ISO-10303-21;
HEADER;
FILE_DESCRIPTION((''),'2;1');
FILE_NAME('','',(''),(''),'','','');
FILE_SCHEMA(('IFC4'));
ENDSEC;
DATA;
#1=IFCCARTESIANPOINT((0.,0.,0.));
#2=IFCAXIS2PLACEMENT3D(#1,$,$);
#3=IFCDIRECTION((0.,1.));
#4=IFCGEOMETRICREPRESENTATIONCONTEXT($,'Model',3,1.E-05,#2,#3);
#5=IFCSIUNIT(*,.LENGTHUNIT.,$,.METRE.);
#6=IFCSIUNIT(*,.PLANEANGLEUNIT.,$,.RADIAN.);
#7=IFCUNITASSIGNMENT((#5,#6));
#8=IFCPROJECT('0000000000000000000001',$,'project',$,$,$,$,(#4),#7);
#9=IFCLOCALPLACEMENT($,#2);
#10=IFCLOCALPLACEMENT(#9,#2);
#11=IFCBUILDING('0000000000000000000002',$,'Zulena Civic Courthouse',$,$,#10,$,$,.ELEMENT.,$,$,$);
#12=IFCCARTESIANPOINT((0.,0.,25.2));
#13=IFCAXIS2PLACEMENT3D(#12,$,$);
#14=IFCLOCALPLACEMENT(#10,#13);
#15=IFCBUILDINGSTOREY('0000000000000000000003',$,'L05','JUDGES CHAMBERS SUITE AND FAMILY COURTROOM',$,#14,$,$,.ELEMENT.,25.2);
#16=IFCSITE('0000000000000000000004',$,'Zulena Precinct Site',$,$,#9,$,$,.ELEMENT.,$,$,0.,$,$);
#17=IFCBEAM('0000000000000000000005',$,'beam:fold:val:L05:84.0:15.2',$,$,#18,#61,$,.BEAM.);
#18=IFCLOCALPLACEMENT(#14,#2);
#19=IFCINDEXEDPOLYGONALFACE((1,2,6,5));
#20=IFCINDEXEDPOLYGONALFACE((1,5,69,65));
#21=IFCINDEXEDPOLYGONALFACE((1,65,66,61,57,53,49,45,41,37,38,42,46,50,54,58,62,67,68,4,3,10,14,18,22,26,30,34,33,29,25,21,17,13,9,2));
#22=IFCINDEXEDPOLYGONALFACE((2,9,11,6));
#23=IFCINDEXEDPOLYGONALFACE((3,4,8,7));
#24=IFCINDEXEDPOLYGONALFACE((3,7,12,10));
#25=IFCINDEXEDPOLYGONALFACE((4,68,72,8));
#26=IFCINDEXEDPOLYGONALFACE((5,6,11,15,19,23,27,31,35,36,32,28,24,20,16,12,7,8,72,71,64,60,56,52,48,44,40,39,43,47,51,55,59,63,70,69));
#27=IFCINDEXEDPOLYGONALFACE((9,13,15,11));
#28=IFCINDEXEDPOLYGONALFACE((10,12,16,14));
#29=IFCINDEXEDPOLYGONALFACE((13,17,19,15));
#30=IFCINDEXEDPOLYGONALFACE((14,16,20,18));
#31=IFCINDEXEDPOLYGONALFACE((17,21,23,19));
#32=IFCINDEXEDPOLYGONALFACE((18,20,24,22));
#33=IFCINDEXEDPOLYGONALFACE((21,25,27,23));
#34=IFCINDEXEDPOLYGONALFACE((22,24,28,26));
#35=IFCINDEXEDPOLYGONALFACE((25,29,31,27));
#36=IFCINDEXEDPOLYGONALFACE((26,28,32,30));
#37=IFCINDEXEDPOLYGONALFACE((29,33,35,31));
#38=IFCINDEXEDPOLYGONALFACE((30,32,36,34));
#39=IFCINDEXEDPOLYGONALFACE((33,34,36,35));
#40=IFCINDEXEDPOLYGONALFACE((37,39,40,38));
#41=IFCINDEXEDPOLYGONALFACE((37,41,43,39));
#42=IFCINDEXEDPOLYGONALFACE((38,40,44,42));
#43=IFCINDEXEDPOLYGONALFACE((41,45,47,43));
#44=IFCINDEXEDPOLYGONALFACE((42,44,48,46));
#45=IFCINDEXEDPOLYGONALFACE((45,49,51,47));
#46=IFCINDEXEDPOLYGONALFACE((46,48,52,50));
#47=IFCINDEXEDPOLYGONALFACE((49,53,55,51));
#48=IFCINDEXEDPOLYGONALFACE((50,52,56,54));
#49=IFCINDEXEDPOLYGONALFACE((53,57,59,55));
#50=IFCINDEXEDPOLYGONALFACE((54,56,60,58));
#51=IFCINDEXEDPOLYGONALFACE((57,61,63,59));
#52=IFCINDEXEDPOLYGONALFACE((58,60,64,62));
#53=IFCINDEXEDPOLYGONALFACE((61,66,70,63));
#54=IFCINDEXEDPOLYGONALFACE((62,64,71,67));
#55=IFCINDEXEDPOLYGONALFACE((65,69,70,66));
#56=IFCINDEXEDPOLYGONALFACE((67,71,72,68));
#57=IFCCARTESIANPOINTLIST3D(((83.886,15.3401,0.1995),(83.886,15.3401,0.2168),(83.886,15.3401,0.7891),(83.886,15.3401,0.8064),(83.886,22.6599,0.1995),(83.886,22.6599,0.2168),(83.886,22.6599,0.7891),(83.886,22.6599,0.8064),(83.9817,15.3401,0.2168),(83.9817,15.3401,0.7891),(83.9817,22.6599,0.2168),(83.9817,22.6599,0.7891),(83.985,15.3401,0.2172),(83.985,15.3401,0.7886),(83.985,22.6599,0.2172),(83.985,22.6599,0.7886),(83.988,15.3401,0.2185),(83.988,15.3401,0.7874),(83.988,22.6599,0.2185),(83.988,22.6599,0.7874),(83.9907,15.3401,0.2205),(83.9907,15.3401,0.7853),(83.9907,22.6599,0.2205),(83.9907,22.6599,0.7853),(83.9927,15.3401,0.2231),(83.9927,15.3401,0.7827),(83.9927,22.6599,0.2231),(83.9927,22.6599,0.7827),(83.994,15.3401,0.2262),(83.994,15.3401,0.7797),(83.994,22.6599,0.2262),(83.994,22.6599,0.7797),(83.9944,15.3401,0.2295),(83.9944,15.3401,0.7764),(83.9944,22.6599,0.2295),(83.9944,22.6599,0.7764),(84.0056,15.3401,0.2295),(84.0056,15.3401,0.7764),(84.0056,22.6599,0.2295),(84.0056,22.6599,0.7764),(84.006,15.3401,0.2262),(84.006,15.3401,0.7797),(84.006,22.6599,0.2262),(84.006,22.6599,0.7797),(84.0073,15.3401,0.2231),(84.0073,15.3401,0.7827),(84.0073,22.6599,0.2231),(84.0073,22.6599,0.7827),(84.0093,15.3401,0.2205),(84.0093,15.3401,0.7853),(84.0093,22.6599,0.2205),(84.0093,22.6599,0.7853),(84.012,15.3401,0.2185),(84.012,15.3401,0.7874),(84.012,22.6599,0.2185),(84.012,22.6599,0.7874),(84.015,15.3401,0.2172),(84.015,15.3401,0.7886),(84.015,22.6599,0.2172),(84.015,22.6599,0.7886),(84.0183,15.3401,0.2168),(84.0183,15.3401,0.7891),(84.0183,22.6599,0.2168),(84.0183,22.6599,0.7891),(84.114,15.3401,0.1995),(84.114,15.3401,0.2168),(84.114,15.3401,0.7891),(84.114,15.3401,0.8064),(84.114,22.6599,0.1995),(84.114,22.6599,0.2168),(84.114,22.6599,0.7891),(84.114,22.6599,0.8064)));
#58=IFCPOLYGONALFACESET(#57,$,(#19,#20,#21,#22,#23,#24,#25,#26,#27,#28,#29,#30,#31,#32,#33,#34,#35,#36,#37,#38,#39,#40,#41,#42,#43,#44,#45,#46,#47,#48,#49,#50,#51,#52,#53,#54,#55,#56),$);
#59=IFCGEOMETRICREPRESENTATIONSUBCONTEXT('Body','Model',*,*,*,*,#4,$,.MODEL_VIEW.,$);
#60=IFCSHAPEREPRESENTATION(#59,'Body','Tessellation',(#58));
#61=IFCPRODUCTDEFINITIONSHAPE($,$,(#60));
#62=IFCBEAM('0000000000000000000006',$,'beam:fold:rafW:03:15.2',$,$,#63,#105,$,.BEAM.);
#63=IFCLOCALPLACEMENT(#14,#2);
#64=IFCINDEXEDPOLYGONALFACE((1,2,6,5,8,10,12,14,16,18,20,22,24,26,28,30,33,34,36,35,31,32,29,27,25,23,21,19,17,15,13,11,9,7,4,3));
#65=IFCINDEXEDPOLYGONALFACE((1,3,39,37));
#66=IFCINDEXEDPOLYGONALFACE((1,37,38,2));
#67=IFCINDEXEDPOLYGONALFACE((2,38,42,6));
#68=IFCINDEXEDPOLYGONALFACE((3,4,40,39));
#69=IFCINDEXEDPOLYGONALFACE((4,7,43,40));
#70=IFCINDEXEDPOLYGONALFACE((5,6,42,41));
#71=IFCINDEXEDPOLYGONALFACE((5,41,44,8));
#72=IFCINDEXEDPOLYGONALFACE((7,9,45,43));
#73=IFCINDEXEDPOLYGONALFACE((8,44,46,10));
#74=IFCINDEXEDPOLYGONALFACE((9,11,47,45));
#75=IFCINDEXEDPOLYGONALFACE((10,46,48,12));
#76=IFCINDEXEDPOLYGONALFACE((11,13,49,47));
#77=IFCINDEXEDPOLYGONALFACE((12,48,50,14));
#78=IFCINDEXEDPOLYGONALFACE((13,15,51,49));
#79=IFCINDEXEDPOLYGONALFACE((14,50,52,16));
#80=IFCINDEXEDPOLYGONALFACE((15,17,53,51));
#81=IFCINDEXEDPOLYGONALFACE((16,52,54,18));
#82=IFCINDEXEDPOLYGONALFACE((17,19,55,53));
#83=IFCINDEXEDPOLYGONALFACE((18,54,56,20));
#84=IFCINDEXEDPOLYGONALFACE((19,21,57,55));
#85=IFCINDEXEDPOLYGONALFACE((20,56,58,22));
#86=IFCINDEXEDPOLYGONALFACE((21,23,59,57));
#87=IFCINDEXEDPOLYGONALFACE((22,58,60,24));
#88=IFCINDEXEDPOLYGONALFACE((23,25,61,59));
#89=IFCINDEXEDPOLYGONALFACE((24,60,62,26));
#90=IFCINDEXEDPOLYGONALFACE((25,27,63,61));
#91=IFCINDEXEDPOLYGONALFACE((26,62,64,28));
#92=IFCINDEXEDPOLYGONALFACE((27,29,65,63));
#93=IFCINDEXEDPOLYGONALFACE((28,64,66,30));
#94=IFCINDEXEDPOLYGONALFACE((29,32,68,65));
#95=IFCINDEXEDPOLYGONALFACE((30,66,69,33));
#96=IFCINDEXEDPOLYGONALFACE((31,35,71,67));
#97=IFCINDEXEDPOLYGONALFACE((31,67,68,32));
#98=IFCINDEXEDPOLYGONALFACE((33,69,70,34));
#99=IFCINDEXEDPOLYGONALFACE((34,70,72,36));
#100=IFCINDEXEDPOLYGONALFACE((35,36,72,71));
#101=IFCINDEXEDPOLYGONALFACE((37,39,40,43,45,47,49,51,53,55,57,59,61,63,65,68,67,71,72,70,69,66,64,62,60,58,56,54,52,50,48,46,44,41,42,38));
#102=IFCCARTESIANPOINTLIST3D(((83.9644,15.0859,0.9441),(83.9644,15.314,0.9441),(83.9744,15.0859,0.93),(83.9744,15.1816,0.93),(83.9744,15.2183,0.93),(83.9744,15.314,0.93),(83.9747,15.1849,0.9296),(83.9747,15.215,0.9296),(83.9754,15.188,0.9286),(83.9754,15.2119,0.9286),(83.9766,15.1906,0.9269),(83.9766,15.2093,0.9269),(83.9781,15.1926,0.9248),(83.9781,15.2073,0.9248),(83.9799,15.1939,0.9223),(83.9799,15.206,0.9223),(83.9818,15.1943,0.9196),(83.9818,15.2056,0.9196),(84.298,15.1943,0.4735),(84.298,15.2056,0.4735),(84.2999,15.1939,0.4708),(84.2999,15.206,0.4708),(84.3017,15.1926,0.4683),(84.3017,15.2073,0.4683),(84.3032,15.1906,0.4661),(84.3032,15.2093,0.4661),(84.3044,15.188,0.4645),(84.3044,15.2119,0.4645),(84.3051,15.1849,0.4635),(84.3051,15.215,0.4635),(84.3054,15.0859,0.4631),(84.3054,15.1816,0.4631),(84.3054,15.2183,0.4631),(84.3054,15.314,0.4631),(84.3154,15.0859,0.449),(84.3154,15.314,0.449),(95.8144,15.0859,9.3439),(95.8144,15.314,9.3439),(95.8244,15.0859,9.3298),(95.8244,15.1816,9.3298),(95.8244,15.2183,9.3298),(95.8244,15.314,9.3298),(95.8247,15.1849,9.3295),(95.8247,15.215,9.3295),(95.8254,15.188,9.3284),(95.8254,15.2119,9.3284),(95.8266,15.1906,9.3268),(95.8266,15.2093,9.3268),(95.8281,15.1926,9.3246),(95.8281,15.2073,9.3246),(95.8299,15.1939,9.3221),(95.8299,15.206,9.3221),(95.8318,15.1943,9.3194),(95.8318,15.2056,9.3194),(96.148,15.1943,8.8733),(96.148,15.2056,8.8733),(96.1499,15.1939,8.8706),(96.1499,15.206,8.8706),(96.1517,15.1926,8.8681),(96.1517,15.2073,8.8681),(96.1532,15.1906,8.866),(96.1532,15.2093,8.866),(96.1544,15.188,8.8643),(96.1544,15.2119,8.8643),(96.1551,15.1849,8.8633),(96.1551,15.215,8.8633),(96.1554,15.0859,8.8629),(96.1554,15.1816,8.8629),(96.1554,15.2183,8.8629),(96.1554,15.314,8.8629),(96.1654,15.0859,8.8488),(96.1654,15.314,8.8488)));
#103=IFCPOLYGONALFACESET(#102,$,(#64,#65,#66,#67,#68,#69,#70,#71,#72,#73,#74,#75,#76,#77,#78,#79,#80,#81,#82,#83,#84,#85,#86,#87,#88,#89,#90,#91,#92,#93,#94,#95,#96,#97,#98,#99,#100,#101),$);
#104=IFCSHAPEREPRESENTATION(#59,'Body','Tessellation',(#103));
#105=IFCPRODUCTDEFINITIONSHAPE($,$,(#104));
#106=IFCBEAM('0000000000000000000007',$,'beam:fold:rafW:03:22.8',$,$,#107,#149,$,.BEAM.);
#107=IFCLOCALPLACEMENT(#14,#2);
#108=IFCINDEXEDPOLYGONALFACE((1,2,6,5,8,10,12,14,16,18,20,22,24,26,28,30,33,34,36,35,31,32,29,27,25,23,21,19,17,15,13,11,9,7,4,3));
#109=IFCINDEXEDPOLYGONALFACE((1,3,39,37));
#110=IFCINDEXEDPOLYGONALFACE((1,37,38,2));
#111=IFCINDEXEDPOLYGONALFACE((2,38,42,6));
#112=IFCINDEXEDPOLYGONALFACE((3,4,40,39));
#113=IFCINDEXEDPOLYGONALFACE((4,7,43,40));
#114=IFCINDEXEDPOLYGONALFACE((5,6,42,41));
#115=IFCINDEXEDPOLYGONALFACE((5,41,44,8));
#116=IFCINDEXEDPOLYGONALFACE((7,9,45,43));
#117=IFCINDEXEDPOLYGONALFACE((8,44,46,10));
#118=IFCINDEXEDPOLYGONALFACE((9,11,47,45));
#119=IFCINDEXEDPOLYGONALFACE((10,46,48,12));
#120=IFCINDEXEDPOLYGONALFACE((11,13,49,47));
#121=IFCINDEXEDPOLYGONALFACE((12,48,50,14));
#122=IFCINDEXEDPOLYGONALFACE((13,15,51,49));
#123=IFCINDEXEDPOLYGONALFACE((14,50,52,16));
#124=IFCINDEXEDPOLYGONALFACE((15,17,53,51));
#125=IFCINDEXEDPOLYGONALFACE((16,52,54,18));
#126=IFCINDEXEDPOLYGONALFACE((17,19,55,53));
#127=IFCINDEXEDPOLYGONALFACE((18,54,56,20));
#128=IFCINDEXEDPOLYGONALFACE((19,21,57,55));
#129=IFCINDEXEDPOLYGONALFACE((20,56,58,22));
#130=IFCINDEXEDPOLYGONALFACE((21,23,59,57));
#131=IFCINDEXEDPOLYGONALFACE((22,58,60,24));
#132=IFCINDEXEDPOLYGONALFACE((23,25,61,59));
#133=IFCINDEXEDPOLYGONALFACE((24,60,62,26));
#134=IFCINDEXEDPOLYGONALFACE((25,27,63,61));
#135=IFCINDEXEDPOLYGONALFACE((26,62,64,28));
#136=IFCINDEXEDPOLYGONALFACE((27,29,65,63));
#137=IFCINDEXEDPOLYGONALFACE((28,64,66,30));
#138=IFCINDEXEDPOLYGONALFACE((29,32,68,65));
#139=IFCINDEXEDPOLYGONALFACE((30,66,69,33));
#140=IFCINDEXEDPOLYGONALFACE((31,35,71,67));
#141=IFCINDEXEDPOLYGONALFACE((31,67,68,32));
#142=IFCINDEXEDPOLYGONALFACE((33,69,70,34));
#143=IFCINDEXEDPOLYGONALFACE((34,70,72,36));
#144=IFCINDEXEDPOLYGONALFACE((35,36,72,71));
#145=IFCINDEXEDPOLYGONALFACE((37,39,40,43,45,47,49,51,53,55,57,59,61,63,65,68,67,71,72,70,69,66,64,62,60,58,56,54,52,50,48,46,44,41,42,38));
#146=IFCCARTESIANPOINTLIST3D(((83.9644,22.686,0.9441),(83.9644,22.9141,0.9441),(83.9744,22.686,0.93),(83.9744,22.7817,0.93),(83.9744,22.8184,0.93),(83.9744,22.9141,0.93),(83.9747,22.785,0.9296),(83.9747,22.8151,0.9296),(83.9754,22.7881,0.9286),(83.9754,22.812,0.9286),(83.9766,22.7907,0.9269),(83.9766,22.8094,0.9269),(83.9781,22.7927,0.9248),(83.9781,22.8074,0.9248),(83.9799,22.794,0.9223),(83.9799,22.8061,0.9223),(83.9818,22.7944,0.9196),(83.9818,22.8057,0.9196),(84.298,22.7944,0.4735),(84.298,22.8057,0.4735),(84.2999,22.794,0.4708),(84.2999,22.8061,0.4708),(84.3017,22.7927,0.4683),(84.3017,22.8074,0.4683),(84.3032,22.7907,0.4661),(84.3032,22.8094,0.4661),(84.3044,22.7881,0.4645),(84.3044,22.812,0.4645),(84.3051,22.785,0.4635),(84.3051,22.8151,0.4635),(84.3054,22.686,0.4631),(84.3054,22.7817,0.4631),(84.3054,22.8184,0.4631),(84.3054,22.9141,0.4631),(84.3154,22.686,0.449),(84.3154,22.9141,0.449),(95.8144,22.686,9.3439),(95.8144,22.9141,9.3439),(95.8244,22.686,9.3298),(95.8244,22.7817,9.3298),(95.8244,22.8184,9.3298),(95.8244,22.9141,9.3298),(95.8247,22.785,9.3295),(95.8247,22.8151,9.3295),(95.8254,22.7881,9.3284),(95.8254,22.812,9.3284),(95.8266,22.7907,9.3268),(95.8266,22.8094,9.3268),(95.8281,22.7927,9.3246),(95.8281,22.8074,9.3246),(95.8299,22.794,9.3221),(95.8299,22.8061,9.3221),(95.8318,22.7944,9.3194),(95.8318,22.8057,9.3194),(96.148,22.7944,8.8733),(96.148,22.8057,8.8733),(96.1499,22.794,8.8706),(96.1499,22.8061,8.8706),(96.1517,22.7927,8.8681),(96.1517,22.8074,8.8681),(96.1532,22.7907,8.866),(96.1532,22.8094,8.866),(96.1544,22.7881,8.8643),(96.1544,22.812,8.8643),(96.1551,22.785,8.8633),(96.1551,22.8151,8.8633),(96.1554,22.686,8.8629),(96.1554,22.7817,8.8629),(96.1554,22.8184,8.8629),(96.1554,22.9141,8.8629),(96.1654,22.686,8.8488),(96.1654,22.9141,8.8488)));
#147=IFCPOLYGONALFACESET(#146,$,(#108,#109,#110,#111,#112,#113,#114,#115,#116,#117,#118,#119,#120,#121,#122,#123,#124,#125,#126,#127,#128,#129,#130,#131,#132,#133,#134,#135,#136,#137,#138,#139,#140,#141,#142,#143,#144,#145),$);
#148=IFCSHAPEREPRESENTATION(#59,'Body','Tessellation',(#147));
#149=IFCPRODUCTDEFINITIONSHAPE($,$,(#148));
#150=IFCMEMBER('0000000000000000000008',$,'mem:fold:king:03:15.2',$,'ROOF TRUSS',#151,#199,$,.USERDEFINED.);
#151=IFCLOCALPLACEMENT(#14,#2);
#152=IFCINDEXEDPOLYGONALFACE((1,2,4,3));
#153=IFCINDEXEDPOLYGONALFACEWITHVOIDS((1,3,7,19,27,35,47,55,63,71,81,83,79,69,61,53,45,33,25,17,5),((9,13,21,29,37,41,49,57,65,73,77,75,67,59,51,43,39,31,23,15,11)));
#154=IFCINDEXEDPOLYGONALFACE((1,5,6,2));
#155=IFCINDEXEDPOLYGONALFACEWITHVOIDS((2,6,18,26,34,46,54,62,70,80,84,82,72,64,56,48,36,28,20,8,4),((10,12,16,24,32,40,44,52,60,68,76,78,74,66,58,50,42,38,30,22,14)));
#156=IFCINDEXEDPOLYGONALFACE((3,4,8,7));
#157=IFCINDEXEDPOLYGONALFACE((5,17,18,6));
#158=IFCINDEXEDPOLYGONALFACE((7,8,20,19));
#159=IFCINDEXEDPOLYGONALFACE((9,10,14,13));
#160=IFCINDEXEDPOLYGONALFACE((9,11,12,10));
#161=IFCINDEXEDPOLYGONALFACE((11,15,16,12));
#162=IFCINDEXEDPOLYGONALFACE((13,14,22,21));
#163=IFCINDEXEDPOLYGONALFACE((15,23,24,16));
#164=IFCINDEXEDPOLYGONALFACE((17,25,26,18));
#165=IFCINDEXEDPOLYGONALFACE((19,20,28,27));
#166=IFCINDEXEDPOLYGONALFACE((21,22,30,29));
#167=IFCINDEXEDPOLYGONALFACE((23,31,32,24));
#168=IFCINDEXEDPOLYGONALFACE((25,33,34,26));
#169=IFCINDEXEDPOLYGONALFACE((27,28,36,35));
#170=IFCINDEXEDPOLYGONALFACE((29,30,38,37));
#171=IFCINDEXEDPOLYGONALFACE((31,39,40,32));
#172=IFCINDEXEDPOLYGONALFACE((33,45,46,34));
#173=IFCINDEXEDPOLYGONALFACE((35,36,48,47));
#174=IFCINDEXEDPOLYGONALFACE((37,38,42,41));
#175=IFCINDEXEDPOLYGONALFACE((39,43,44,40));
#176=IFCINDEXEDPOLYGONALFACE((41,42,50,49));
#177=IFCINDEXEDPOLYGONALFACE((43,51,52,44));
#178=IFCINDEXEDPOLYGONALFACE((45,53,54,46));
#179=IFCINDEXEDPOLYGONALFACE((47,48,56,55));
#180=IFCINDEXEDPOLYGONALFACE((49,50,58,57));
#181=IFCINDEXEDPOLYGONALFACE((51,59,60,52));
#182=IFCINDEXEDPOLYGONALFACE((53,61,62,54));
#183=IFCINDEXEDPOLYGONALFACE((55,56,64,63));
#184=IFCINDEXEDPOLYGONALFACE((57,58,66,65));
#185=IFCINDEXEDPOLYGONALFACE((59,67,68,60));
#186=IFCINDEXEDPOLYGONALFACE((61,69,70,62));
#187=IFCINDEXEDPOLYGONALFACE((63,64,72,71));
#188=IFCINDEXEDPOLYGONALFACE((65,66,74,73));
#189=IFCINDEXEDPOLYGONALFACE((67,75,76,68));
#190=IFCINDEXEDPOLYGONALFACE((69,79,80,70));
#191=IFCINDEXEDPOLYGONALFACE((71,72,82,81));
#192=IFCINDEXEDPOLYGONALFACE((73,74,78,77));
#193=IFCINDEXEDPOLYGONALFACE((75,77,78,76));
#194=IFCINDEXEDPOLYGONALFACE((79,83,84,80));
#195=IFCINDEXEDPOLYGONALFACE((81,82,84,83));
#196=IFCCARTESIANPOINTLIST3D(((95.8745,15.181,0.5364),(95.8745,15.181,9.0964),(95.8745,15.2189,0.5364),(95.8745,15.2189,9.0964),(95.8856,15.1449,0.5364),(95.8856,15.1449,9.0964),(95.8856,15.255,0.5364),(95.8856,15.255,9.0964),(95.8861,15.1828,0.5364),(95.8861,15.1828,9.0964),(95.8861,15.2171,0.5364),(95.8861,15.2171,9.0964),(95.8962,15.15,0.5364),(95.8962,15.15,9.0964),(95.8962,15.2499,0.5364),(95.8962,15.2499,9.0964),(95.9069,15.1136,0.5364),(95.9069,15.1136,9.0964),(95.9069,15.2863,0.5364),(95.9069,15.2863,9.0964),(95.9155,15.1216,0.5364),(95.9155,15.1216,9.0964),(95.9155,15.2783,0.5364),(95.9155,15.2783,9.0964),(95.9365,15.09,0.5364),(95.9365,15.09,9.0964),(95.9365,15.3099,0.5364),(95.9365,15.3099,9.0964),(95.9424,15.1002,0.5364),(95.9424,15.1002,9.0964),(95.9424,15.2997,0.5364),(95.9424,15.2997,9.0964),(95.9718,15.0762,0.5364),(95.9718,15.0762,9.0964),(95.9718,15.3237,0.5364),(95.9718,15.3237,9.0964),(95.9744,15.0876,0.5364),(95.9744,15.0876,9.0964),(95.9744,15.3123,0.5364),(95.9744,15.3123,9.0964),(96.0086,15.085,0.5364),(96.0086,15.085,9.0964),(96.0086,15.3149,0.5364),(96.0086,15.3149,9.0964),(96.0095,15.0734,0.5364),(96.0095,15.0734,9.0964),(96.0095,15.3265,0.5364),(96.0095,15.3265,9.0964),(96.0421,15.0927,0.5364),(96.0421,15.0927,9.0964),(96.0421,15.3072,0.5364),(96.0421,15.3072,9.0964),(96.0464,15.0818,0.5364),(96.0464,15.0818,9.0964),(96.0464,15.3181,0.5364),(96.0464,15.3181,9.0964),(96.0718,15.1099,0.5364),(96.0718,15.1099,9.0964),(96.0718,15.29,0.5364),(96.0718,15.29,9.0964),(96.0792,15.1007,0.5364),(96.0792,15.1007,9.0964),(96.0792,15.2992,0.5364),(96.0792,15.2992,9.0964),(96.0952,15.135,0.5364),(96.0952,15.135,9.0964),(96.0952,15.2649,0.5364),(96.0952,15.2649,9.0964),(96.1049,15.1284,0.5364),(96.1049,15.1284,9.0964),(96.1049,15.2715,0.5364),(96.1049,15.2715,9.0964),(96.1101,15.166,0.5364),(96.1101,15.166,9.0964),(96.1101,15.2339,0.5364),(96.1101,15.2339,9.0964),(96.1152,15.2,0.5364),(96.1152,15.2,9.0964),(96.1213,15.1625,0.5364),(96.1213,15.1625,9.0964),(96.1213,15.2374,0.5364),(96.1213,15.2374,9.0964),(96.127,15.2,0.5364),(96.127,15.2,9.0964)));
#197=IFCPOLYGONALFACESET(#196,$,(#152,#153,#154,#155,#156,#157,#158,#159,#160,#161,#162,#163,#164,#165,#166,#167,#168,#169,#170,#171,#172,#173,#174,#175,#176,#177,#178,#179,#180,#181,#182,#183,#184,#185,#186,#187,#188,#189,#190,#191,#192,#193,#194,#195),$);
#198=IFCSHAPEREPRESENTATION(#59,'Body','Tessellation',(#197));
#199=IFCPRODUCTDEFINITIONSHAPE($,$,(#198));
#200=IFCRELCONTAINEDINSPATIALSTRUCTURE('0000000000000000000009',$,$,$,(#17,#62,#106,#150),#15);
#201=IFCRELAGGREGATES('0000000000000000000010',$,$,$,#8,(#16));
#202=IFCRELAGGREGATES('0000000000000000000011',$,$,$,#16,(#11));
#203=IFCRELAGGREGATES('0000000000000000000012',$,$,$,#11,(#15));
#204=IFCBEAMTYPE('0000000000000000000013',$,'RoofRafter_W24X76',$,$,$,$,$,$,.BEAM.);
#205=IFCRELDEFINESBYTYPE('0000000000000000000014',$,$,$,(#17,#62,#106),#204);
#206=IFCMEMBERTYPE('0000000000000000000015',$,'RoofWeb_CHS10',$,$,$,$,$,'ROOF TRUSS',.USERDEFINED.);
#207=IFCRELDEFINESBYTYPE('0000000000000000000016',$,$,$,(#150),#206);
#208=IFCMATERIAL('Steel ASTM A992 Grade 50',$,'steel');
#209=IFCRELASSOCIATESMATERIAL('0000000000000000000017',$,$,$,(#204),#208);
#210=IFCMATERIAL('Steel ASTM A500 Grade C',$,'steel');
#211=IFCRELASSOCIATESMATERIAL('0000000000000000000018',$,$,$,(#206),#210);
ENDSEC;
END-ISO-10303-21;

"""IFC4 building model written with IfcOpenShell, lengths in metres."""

from ifc_helpers import new_model, si_unit, direction, frame, origin, origin_2d, place, context, subcontext, project, spatial, hollow_circle, i_section, extrude, material, material_profile, profile_set, type_object, element, save


model = new_model("IFC4")

# Units and contexts
model_context = context("Model", 3, precision=1e-05, world=origin(), true_north=direction((0.0, 1.0)))
body_context = subcontext(model_context, "Body", "Model", "MODEL_VIEW")
ifc_project = project(units=[si_unit("LENGTHUNIT", "METRE"), si_unit("PLANEANGLEUNIT", "RADIAN")], contexts=[model_context])

# Site, building, storey
site_placement = place(None, origin())
site = spatial("IfcSite", under=ifc_project, at=site_placement, Name="Zulena Precinct Site", CompositionType="ELEMENT", RefElevation=0.0)
building_placement = place(site_placement, origin())
building = spatial("IfcBuilding", under=site, at=building_placement, Name="Zulena Civic Courthouse", CompositionType="ELEMENT")
storey_placement = place(building_placement, frame((0.0, 0.0, 25.2)))
storey = spatial("IfcBuildingStorey", under=building, at=storey_placement, Name="L05", Description="JUDGES CHAMBERS SUITE AND FAMILY COURTROOM", CompositionType="ELEMENT", Elevation=25.2)

# Shared definitions
ifc_material_1 = material(Name="Steel ASTM A992 Grade 50", Category="steel")

# Beams
ifc_material_profile_1 = material_profile(ifc_material_1, i_section(OverallWidth=0.228, OverallDepth=0.6069, WebThickness=0.0112, FlangeThickness=0.0173, FilletRadius=0.0127, at=origin_2d()), Name="W24X76")
ifc_profile_set_1 = profile_set([ifc_material_profile_1], Name="Steel ASTM A992 Grade 50")
beam_type = type_object("IfcBeamType", Name="RoofRafter_W24X76", PredefinedType="BEAM", material=ifc_profile_set_1)
beam_placement = place(storey_placement, frame((84.0, 15.3401, 0.5029), z_axis=(0.0, 1.0, 0.0), x_axis=(-1.0, 0.0, 0.0)))
element("IfcBeam", 1, at=beam_placement, inside=storey, type_object=beam_type, Name="beam:fold:val:L05:84.0:15.2", PredefinedType="BEAM", context=body_context, shape_type="SweptSolid", body=[
    extrude(i_section(OverallWidth=0.228, OverallDepth=0.6069, WebThickness=0.0112, FlangeThickness=0.0173, FilletRadius=0.0127, at=origin_2d()), origin(), (0.0, 0.0, 1.0), 7.3198),
])
for number, where, z_axis, x_axis, name in (
    (2, (84.1399, 15.2, 0.6965), (0.815827, 0.0, 0.578296), (0.0, 1.0, 0.0), "beam:fold:rafW:03:15.2"),
    (3, (84.1399, 22.8, 0.6965), (0.815827, 0.0, 0.578296), (0.0, 1.0, 0.0), "beam:fold:rafW:03:22.8"),
):
    element("IfcBeam", number, at=place(storey_placement, frame(where, z_axis=z_axis, x_axis=x_axis)), inside=storey, type_object=beam_type, Name=name, PredefinedType="BEAM", context=body_context, shape_type="SweptSolid", body=[
        extrude(i_section(OverallWidth=0.228, OverallDepth=0.6069, WebThickness=0.0112, FlangeThickness=0.0173, FilletRadius=0.0127, at=origin_2d()), origin(), (0.0, 0.0, 1.0), 14.5251),
    ])

# Member
ifc_material_2 = material(Name="Steel ASTM A500 Grade C", Category="steel")
ifc_material_profile_2 = material_profile(ifc_material_2, hollow_circle(Radius=0.127, WallThickness=0.0117, at=origin_2d()), Name="HSS10.000X0.500")
ifc_profile_set_2 = profile_set([ifc_material_profile_2], Name="Steel ASTM A500 Grade C")
member_type_1 = type_object("IfcMemberType", Name="RoofWeb_CHS10", ElementType="ROOF TRUSS", PredefinedType="USERDEFINED", material=ifc_profile_set_2)
member_placement = place(storey_placement, frame((96.0, 15.2, 0.5364), z_axis=(0.0, 0.0, 1.0), x_axis=(1.0, 0.0, 0.0)))
element("IfcMember", 4, at=member_placement, inside=storey, type_object=member_type_1, Name="mem:fold:king:03:15.2", ObjectType="ROOF TRUSS", PredefinedType="USERDEFINED", context=body_context, shape_type="SweptSolid", body=[
    extrude(hollow_circle(Radius=0.127, WallThickness=0.0117, at=origin_2d()), origin(), (0.0, 0.0, 1.0), 8.5601),
])

save(model, "model.ifc")
